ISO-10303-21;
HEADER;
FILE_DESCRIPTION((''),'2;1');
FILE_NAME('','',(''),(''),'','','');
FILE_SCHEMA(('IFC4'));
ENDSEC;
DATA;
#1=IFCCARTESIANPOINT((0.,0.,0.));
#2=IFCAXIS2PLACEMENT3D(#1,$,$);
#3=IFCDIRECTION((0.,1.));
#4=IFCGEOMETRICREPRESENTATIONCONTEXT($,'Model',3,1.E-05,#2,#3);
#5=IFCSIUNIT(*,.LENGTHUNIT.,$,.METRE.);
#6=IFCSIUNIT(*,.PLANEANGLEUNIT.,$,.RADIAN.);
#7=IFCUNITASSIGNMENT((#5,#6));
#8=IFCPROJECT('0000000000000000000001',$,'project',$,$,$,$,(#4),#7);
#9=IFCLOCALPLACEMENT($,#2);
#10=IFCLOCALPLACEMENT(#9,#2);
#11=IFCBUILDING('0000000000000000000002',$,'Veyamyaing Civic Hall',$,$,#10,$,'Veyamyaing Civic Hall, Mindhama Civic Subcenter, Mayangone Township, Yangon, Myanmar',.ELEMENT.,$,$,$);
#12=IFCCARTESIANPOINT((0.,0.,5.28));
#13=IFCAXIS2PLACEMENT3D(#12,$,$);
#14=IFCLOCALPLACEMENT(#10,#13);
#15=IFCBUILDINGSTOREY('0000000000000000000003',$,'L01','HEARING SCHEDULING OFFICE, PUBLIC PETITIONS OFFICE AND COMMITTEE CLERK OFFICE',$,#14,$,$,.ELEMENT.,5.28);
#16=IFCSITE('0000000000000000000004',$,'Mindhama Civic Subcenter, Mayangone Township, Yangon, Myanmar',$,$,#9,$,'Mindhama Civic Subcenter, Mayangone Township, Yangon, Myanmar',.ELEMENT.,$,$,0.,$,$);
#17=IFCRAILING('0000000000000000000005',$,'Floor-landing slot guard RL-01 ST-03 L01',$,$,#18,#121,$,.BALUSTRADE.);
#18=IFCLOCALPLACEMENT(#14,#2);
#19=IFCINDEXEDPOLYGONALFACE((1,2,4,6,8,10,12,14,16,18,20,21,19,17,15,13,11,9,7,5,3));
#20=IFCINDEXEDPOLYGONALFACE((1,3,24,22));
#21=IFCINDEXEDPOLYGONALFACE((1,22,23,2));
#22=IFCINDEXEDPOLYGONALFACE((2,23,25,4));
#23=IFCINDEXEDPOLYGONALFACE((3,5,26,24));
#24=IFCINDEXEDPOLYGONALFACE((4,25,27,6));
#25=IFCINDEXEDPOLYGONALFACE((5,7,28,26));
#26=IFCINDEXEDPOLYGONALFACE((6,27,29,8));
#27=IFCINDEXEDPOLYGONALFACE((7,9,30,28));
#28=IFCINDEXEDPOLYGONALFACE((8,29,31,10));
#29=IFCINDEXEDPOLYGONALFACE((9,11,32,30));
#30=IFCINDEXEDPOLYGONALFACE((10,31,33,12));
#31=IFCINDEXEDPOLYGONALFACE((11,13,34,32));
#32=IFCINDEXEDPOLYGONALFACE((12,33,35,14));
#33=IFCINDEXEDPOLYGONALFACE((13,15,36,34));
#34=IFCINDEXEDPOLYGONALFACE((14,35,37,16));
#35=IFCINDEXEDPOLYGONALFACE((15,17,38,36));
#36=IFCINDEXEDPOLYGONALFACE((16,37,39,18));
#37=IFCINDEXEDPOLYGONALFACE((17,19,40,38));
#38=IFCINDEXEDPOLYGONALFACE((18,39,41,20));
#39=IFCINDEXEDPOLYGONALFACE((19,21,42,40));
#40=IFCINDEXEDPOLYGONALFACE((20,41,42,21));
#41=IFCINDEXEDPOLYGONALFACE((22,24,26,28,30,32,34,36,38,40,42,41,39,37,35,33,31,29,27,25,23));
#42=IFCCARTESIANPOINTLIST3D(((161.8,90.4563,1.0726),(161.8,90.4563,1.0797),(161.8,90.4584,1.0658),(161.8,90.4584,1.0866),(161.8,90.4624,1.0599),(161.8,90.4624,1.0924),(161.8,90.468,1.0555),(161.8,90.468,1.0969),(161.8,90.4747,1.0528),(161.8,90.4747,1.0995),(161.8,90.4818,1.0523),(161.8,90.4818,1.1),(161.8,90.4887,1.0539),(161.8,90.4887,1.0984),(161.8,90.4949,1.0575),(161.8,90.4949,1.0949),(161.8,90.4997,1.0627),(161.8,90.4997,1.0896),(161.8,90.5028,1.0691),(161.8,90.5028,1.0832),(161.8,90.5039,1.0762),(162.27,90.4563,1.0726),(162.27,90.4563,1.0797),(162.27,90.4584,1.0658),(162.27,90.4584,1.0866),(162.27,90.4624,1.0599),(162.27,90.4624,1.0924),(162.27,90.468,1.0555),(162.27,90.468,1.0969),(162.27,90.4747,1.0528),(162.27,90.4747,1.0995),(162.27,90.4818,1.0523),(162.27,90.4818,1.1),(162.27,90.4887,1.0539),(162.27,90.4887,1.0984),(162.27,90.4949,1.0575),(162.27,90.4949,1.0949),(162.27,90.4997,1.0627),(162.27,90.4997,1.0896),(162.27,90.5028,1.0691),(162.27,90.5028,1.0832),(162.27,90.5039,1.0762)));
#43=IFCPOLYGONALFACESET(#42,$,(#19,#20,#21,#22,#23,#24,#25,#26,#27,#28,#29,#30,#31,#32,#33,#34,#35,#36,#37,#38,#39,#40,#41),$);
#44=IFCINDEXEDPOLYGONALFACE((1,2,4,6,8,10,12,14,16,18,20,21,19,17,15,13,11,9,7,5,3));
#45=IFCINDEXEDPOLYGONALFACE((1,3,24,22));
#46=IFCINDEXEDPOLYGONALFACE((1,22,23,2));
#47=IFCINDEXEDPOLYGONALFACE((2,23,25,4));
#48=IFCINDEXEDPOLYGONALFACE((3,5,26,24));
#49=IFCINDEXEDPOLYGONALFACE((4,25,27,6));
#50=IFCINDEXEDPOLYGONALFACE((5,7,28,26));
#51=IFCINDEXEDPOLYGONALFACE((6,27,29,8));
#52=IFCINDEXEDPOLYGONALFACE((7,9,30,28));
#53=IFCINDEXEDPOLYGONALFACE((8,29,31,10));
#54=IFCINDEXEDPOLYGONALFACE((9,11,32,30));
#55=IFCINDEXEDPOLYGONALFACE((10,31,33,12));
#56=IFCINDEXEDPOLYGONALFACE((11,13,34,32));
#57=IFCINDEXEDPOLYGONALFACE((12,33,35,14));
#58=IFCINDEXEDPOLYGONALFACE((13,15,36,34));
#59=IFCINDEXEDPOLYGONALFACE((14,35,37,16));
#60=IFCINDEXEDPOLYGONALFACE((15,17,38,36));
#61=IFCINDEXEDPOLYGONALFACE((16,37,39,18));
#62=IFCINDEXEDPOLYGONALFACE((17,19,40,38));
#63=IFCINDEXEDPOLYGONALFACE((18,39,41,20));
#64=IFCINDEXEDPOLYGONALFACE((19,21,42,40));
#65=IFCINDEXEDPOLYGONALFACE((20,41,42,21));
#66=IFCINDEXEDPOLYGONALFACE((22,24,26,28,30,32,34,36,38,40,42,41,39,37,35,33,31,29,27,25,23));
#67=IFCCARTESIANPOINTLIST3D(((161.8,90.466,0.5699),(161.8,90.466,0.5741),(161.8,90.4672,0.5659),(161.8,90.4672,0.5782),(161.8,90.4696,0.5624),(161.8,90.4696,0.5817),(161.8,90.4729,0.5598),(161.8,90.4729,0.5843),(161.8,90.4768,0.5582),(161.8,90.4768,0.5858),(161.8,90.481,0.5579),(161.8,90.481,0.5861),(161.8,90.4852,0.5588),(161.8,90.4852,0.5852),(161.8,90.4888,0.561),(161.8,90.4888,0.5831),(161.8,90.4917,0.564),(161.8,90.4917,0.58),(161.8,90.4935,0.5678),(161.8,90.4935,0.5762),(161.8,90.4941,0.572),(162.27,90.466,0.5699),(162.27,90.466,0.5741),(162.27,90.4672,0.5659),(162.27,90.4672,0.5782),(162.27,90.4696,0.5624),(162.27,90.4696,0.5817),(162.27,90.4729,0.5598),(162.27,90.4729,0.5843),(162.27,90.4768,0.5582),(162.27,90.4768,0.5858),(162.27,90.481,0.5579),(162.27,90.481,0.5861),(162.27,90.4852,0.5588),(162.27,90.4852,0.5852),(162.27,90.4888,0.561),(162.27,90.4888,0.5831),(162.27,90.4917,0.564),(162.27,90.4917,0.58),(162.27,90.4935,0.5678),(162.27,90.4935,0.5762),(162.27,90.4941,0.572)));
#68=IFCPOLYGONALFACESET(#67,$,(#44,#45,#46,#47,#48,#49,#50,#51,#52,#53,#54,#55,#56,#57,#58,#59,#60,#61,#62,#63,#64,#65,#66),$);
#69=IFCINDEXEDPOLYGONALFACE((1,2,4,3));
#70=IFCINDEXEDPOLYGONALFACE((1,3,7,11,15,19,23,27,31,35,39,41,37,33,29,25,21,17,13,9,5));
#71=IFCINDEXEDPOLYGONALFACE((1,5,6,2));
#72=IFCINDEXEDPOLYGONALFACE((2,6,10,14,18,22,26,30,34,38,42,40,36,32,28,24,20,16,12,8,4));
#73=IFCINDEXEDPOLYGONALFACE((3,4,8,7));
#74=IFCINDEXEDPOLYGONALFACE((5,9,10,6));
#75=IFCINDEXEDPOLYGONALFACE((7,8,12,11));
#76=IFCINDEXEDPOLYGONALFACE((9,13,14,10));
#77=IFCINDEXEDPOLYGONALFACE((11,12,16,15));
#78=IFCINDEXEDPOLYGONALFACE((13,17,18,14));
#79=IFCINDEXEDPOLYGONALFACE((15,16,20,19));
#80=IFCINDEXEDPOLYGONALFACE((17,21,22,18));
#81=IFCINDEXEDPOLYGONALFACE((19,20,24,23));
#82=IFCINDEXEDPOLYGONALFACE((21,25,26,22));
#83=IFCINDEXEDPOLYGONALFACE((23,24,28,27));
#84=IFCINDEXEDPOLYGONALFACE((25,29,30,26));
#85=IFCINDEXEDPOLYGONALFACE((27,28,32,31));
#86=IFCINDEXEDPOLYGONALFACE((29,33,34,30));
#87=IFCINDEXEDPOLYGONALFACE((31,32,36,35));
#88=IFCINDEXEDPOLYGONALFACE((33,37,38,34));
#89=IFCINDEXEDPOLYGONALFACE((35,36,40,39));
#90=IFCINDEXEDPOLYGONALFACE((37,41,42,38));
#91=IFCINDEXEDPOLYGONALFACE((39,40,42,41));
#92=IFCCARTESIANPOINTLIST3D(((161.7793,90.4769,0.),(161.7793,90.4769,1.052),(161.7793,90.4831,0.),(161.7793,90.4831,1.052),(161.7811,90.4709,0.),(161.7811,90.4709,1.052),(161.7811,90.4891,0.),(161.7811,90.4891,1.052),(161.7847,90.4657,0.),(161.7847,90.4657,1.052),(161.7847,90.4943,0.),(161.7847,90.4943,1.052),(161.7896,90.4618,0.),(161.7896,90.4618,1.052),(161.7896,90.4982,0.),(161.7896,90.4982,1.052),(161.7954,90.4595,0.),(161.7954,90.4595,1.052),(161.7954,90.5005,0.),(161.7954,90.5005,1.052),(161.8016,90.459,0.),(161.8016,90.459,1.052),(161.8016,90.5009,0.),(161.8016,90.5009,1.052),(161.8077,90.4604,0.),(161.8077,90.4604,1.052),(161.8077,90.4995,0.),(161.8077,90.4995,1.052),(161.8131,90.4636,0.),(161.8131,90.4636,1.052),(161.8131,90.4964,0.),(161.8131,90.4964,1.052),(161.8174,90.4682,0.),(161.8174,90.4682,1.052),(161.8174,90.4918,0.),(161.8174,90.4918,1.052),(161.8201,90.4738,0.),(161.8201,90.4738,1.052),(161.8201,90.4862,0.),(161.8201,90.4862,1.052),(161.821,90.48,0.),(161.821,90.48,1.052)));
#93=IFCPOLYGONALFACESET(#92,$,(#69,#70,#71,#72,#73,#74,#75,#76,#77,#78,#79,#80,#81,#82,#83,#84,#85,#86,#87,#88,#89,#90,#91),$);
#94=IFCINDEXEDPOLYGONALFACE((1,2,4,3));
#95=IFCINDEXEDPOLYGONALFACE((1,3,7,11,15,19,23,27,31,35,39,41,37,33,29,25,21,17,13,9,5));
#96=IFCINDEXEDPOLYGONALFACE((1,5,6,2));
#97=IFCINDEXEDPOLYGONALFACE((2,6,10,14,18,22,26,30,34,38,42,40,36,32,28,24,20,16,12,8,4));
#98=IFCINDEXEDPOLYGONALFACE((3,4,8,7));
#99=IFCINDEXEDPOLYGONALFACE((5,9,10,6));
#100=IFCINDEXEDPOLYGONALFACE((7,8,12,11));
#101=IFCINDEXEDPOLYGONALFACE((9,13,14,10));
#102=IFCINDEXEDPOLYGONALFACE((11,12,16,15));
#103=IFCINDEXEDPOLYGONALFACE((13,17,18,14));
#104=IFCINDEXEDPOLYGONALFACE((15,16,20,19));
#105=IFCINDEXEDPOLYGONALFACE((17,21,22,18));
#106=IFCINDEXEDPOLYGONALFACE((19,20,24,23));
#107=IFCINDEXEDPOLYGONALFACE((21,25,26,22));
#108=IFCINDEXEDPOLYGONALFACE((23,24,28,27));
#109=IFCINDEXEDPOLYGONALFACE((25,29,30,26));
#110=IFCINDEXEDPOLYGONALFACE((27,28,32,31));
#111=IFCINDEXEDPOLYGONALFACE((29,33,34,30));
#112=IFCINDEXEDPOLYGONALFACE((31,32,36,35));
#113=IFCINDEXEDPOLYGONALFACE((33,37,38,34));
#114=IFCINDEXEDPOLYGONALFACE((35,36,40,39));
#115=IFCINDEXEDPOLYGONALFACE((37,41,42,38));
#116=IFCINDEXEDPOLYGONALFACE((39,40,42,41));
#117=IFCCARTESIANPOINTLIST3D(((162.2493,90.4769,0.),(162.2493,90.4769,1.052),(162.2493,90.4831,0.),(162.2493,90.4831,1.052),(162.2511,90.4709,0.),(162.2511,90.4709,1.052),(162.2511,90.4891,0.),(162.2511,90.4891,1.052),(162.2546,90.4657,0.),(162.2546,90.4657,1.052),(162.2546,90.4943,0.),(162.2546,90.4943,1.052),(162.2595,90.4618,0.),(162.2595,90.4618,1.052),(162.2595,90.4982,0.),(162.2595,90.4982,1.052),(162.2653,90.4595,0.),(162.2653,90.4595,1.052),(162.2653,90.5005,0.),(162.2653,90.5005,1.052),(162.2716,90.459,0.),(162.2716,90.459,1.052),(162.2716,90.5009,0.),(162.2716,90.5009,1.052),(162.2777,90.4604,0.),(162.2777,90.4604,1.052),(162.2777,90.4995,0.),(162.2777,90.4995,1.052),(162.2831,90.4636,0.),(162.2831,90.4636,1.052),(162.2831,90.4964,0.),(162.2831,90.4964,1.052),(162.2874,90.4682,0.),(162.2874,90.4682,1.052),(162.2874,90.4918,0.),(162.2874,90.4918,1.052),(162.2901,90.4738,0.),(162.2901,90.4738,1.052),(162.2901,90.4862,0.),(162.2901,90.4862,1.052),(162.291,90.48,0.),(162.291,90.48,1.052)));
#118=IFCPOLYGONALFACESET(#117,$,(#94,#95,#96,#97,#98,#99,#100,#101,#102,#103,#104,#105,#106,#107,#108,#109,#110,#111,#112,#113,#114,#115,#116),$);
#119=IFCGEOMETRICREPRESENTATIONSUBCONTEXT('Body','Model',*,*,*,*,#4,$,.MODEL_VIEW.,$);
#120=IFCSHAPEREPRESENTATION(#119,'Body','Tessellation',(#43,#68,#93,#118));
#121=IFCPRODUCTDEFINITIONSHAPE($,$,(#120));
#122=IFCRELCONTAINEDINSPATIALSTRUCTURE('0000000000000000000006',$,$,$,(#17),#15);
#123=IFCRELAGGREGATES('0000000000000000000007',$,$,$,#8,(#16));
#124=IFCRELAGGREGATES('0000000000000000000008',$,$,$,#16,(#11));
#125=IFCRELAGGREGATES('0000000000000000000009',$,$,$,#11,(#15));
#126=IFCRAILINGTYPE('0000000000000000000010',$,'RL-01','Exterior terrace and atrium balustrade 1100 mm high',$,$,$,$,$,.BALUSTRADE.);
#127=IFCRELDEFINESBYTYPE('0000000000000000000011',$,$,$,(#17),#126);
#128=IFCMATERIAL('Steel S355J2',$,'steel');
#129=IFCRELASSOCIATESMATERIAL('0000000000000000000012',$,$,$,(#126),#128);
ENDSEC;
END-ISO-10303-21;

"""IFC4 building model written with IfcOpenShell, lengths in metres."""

from ifc_helpers import new_model, si_unit, direction, frame, origin, origin_2d, place, context, subcontext, project, spatial, circle, extrude, material, type_object, element, save


model = new_model("IFC4")

# Units and contexts
model_context = context("Model", 3, precision=1e-05, world=origin(), true_north=direction((0.0, 1.0)))
body_context = subcontext(model_context, "Body", "Model", "MODEL_VIEW")
ifc_project = project(units=[si_unit("LENGTHUNIT", "METRE"), si_unit("PLANEANGLEUNIT", "RADIAN")], contexts=[model_context])

# Site, building, storey
site_placement = place(None, origin())
site = spatial("IfcSite", under=ifc_project, at=site_placement, Name="Mindhama Civic Subcenter, Mayangone Township, Yangon, Myanmar", LongName="Mindhama Civic Subcenter, Mayangone Township, Yangon, Myanmar", CompositionType="ELEMENT", RefElevation=0.0)
building_placement = place(site_placement, origin())
building = spatial("IfcBuilding", under=site, at=building_placement, Name="Veyamyaing Civic Hall", LongName="Veyamyaing Civic Hall, Mindhama Civic Subcenter, Mayangone Township, Yangon, Myanmar", CompositionType="ELEMENT")
storey_placement = place(building_placement, frame((0.0, 0.0, 5.28)))
storey = spatial("IfcBuildingStorey", under=building, at=storey_placement, Name="L01", Description="HEARING SCHEDULING OFFICE, PUBLIC PETITIONS OFFICE AND COMMITTEE CLERK OFFICE", CompositionType="ELEMENT", Elevation=5.28)

# Railing
ifc_material_1 = material(Name="Steel S355J2", Category="steel")
railing_type_1 = type_object("IfcRailingType", Name="RL-01", Description="Exterior terrace and atrium balustrade 1100 mm high", PredefinedType="BALUSTRADE", material=ifc_material_1)
railing_1_placement = place(storey_placement, frame((161.8, 90.48, 0.0)))
element("IfcRailing", 1, at=railing_1_placement, inside=storey, type_object=railing_type_1, Name="Floor-landing slot guard RL-01 ST-03 L01", PredefinedType="BALUSTRADE", context=body_context, shape_type="SweptSolid", body=[
    extrude(circle(Radius=0.0239, at=origin_2d()), frame((0.0, 0.0, 1.0762), z_axis=(1.0, 0.0, 0.0), x_axis=(0.0, 1.0, 0.0)), (0.0, 0.0, 1.0), 0.47),
    extrude(circle(Radius=0.0142, at=origin_2d()), frame((0.0, 0.0, 0.572), z_axis=(1.0, 0.0, 0.0), x_axis=(0.0, 1.0, 0.0)), (0.0, 0.0, 1.0), 0.47),
    extrude(circle(Radius=0.021, at=origin_2d()), origin(), (0.0, 0.0, 1.0), 1.052),
    extrude(circle(Radius=0.021, at=origin_2d()), frame((0.47, 0.0, 0.0)), (0.0, 0.0, 1.0), 1.052),
])

save(model, "model.ifc")
